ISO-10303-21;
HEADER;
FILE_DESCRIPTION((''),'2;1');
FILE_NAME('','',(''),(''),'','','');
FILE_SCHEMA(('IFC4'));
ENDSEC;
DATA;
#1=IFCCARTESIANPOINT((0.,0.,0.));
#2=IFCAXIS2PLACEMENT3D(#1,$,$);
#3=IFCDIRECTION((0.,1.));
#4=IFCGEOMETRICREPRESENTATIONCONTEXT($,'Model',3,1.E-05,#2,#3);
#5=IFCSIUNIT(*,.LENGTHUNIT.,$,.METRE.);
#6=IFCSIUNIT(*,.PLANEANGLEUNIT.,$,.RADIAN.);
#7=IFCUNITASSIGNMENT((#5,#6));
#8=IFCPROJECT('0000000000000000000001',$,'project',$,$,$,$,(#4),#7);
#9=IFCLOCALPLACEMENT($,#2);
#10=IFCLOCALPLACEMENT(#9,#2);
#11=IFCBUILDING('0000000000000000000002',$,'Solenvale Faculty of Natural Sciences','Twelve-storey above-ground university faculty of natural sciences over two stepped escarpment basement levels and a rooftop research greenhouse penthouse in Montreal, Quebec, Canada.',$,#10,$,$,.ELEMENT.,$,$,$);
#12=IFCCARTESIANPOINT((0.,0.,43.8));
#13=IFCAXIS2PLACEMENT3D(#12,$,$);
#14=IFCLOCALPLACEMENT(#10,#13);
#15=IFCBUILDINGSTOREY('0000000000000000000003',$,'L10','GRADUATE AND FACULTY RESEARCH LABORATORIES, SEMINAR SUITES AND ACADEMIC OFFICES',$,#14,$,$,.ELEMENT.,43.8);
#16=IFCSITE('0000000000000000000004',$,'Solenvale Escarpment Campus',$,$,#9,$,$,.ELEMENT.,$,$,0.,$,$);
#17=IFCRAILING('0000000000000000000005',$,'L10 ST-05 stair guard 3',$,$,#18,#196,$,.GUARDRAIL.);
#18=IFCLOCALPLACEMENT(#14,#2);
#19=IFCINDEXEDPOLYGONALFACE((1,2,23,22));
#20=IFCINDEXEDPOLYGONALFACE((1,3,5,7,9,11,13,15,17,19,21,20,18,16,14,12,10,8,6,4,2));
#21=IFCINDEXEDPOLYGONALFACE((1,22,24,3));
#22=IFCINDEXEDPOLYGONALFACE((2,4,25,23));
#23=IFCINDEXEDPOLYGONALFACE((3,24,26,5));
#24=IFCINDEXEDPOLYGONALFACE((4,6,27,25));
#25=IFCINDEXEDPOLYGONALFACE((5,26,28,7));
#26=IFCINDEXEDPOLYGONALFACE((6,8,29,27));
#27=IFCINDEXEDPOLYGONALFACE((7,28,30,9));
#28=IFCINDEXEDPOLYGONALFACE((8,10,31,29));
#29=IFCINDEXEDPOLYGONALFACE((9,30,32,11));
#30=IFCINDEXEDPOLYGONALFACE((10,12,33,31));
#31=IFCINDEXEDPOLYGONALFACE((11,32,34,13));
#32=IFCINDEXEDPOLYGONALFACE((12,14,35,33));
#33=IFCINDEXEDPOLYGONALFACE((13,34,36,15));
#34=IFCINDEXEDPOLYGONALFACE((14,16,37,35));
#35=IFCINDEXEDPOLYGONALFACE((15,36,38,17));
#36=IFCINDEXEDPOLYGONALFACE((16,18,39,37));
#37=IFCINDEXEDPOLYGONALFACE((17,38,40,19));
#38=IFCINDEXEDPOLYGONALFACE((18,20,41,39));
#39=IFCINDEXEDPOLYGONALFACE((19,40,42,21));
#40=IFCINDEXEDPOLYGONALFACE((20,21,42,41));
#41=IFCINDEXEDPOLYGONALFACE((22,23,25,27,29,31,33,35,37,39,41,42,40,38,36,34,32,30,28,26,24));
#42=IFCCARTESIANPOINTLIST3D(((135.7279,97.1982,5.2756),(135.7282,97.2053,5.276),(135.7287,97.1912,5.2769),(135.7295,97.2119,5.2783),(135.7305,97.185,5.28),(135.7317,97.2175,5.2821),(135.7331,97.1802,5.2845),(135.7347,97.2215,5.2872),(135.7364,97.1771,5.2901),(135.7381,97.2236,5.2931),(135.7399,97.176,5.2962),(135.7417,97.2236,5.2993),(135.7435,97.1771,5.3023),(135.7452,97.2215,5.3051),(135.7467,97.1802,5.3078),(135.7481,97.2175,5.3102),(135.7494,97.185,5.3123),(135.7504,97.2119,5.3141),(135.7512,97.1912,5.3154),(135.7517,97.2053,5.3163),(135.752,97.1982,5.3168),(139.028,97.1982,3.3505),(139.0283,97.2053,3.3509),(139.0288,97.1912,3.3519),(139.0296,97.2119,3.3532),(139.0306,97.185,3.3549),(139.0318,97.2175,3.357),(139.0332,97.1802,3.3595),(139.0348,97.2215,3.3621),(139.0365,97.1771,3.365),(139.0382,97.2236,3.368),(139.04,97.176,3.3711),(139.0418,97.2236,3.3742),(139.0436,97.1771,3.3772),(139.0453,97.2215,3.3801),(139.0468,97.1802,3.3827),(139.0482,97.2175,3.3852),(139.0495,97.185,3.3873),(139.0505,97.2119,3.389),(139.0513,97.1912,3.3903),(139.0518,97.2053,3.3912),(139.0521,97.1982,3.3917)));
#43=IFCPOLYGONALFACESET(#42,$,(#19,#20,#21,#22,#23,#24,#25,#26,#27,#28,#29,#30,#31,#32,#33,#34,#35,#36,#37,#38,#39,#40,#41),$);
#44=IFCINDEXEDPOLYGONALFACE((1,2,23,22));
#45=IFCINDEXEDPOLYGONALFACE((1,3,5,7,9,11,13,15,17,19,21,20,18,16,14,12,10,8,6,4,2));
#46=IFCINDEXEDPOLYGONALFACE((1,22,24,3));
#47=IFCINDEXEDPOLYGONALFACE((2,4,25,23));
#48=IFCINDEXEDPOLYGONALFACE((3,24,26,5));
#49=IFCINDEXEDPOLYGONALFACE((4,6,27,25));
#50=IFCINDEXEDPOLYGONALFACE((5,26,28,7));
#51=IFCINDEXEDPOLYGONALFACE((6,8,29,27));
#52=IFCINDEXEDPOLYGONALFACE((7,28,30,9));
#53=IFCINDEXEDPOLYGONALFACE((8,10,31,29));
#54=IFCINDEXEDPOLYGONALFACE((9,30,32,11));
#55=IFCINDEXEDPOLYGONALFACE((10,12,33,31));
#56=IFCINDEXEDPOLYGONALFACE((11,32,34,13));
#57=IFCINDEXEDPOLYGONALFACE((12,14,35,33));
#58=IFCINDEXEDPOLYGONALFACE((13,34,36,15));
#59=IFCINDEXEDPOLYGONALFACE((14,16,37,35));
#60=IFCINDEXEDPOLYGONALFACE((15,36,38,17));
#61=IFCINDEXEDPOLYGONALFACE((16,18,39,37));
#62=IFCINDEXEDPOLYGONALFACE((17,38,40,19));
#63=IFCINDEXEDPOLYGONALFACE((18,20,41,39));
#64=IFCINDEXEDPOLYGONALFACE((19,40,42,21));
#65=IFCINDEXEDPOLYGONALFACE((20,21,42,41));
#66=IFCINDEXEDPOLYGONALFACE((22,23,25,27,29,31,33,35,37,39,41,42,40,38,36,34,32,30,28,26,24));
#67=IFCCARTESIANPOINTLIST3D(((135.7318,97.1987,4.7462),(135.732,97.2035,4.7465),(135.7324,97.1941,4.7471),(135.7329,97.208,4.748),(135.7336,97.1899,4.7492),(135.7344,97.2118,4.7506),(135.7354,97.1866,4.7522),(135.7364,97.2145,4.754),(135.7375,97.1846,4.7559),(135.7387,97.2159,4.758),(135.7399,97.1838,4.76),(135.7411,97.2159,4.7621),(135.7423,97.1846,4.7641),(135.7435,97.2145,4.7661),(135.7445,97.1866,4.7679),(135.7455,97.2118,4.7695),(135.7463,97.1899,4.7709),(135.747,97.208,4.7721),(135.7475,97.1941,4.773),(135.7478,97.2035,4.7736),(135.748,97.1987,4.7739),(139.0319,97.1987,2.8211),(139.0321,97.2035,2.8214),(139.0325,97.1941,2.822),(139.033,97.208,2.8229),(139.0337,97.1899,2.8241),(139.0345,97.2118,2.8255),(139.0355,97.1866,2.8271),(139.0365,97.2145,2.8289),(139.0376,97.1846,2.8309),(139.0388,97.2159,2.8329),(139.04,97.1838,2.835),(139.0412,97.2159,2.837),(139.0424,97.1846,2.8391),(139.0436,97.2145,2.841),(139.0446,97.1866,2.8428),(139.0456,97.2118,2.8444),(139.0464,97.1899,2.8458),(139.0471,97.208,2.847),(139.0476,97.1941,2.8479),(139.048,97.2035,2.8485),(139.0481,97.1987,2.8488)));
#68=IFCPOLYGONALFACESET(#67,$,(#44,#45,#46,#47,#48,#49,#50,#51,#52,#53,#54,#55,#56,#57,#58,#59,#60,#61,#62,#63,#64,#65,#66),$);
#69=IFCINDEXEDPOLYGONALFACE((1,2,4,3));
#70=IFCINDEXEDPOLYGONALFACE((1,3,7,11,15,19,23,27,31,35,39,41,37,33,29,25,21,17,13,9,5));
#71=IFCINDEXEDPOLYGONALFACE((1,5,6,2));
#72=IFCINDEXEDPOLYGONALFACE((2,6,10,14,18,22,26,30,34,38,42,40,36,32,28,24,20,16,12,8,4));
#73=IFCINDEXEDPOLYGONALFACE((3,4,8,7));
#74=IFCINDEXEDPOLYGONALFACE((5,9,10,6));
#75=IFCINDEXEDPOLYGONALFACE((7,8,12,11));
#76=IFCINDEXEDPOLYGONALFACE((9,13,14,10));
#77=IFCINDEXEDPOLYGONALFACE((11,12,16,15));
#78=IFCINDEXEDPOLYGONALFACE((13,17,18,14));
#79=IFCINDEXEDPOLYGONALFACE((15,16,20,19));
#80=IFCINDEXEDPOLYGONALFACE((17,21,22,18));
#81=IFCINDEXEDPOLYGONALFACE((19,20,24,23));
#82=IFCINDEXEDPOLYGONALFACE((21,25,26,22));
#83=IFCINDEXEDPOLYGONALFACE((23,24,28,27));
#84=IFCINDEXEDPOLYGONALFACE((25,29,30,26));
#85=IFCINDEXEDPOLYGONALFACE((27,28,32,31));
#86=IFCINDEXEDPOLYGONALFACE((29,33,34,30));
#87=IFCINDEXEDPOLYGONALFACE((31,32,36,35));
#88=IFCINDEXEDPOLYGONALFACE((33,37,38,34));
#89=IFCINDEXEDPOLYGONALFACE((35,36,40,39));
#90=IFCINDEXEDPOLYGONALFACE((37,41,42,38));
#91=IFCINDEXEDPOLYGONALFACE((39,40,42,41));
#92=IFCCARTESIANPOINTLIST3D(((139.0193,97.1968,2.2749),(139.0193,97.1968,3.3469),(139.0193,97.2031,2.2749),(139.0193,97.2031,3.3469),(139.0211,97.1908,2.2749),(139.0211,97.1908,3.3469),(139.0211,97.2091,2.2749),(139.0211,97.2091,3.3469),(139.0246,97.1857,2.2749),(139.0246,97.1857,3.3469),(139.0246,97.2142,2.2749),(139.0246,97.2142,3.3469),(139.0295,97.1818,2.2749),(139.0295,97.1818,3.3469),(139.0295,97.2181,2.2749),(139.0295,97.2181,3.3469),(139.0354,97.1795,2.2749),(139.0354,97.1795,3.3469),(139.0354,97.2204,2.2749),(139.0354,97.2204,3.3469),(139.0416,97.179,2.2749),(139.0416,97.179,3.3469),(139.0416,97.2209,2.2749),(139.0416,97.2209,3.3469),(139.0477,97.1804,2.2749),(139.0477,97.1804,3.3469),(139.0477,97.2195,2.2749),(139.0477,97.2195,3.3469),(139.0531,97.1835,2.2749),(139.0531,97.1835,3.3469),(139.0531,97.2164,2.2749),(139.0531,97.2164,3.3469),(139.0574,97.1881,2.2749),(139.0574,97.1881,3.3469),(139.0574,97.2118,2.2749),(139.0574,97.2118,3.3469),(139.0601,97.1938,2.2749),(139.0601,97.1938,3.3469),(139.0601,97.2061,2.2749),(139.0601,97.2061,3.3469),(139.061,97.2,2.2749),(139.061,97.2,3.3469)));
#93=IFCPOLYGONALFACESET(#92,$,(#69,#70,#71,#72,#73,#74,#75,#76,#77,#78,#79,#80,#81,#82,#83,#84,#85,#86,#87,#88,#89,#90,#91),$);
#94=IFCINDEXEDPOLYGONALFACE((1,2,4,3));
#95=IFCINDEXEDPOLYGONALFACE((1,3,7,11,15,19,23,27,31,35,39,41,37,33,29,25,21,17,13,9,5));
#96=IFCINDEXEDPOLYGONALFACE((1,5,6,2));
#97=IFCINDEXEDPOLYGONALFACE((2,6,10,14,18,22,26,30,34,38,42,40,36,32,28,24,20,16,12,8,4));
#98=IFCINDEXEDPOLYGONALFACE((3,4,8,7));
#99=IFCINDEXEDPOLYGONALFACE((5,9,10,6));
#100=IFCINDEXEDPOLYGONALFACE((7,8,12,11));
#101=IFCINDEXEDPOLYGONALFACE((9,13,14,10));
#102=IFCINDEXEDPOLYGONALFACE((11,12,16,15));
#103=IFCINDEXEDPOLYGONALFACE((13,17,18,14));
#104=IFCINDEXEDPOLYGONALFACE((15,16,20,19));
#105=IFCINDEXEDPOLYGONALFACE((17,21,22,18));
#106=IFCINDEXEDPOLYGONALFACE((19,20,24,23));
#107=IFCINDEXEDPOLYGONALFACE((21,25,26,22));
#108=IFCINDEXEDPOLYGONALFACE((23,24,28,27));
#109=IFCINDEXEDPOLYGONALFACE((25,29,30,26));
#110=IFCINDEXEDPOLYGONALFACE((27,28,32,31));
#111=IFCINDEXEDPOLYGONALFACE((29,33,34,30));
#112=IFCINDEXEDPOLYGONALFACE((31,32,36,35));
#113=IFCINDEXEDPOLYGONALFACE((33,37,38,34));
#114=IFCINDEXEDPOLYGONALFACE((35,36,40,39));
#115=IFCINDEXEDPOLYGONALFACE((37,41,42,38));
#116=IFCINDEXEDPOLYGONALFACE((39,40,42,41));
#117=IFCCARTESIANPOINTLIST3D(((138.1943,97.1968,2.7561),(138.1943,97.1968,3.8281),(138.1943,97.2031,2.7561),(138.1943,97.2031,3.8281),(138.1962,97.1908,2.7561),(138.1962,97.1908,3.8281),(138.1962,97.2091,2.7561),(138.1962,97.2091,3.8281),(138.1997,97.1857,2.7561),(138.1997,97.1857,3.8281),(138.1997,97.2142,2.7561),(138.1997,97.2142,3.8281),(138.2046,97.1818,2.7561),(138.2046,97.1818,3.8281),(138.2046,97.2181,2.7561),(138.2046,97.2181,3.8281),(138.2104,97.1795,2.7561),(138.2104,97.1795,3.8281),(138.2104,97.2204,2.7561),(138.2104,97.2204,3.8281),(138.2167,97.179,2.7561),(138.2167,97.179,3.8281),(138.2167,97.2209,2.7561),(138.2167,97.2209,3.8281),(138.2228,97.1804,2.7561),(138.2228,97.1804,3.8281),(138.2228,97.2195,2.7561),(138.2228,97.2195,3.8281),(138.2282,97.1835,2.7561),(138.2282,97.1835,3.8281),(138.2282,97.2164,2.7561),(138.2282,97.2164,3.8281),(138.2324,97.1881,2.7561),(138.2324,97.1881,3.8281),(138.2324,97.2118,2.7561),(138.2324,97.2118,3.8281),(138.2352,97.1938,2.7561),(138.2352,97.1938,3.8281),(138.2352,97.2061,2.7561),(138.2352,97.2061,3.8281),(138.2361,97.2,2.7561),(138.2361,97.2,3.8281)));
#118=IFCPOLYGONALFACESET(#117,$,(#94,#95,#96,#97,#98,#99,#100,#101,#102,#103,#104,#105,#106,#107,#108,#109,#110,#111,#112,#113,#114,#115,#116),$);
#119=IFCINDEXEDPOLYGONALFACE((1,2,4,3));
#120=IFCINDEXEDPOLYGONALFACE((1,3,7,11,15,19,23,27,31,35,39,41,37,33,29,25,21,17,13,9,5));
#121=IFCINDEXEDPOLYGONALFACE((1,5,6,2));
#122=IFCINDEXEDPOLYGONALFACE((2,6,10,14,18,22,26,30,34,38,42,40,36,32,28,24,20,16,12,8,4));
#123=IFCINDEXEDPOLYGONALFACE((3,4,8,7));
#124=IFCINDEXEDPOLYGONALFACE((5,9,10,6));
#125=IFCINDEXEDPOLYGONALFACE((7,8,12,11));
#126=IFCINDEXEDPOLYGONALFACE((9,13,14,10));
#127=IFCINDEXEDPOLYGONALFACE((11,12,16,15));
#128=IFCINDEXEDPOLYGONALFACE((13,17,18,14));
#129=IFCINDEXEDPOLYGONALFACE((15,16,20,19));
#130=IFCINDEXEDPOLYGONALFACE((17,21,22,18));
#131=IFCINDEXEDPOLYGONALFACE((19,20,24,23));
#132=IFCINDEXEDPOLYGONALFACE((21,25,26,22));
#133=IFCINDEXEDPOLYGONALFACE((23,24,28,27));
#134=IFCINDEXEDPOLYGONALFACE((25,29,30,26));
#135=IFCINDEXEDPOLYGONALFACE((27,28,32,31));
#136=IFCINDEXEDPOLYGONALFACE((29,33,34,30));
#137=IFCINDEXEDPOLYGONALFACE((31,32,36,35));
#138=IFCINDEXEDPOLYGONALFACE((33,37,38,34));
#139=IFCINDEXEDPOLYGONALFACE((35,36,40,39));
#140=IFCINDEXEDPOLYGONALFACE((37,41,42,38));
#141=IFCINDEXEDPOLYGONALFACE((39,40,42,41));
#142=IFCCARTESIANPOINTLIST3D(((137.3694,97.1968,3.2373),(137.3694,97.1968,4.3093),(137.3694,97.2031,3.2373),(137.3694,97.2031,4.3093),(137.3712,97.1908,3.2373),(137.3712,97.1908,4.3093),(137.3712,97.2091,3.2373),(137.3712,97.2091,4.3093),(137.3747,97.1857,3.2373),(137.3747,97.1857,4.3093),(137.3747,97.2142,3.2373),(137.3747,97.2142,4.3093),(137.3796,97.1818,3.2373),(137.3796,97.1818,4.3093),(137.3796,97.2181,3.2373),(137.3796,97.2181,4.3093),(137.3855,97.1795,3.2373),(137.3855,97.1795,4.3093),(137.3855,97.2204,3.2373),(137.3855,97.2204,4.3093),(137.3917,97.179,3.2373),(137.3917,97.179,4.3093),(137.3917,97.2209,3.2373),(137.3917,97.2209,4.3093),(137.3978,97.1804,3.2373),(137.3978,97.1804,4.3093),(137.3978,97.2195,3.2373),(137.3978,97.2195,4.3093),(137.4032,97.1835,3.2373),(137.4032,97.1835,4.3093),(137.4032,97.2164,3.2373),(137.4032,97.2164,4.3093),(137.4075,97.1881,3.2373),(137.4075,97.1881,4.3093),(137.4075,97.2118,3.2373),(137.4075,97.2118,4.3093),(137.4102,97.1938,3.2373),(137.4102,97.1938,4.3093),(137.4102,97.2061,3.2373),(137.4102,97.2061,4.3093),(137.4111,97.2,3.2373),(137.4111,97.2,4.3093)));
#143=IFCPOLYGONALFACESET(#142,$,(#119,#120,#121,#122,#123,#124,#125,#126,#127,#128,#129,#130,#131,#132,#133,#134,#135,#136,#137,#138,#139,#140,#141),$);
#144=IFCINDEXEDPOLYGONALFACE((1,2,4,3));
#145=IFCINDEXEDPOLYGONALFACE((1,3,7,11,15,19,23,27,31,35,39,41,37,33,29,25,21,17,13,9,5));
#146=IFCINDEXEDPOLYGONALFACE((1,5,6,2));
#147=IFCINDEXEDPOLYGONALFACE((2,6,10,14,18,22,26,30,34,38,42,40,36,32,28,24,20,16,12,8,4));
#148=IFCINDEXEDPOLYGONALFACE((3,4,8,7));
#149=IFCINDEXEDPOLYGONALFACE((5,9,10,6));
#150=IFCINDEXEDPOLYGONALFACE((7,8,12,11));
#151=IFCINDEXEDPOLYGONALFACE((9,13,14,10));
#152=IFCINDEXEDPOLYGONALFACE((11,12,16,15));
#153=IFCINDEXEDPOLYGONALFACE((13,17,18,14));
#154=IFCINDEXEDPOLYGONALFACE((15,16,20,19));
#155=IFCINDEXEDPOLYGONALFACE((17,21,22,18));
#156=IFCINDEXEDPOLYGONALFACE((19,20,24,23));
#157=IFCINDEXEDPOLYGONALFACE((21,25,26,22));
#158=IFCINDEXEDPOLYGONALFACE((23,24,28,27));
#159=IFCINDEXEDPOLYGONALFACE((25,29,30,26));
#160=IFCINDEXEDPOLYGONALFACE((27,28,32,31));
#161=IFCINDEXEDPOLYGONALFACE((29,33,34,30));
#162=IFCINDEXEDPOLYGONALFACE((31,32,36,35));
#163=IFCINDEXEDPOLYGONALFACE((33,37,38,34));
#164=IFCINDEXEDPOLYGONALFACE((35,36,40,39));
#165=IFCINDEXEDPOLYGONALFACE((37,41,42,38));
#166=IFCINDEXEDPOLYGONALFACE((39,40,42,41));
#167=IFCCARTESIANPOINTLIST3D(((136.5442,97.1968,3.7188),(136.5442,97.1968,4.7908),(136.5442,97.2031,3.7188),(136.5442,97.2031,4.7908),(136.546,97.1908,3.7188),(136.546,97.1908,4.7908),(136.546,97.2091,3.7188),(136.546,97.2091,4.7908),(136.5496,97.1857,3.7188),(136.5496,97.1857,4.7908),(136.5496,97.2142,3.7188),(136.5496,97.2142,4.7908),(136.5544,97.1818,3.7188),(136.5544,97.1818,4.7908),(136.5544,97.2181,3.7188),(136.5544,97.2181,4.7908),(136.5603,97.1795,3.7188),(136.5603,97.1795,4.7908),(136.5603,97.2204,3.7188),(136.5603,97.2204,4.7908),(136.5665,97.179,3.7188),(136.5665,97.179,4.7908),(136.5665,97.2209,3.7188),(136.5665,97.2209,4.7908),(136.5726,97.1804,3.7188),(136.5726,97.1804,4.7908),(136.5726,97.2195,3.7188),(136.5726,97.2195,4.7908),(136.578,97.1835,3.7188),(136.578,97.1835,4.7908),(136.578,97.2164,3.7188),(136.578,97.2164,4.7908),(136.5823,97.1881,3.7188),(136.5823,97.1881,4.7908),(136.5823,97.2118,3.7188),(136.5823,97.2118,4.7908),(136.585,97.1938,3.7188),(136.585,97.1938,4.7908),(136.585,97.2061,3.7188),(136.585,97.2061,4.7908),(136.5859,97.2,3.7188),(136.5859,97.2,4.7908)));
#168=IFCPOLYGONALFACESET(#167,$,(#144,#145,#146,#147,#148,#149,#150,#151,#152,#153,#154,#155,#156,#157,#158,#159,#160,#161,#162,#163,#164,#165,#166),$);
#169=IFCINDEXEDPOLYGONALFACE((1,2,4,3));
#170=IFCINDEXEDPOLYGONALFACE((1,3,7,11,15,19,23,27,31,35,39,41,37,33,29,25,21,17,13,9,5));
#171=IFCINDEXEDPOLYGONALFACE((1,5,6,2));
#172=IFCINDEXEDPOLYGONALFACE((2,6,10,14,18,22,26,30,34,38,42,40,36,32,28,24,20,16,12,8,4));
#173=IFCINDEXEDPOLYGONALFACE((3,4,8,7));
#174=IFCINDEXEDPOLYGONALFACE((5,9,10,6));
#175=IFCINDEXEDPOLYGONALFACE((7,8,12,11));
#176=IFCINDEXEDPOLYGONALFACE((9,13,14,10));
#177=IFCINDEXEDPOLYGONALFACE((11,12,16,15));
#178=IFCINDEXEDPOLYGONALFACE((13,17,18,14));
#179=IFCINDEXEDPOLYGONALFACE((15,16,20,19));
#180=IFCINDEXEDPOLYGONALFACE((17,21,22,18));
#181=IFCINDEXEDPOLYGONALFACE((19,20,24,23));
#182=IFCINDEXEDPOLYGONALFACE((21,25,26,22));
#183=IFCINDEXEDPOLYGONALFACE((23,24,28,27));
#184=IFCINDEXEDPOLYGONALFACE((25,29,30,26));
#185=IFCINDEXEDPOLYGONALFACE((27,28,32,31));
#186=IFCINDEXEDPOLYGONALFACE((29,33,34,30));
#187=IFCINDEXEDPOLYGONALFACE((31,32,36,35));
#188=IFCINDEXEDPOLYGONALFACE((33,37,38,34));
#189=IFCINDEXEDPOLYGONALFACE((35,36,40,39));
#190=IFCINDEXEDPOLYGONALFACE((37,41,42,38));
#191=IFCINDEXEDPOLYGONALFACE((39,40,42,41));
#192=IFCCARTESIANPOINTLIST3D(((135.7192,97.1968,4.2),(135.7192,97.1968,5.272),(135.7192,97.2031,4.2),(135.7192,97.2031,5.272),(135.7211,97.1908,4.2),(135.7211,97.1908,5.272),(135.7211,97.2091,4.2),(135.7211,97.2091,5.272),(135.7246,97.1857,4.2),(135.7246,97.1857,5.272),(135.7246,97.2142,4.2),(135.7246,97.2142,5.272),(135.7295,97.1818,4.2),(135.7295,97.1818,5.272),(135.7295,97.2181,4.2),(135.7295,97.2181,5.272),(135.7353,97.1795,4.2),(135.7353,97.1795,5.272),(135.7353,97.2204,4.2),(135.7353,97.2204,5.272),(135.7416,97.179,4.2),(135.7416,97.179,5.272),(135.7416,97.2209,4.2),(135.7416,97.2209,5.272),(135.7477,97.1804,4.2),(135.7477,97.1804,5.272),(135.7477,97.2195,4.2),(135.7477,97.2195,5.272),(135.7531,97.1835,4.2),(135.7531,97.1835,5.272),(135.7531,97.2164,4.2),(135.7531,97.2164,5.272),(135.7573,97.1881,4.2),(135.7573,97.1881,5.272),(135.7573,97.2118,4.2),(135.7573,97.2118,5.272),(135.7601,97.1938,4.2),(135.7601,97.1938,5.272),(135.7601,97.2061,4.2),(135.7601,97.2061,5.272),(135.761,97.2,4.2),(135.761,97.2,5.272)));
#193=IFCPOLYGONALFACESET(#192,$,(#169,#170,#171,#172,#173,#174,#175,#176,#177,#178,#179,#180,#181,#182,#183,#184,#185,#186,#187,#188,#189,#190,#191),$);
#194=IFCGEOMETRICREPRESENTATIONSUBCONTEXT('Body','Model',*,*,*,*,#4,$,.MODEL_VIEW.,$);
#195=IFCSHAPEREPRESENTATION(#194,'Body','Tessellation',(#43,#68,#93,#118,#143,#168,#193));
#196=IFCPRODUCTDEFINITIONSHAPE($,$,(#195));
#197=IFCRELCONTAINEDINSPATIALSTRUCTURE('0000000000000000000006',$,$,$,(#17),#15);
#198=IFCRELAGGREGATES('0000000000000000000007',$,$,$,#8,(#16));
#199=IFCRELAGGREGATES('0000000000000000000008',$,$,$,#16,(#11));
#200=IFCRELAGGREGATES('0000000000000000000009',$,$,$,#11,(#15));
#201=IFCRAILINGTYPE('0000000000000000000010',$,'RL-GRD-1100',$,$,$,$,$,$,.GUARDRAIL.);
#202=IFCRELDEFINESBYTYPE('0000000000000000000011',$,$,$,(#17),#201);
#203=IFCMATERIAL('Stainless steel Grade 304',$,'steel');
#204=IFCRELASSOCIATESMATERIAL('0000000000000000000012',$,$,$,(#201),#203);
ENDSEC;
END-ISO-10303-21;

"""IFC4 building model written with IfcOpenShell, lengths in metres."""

from ifc_helpers import new_model, si_unit, direction, frame, origin, origin_2d, place, context, subcontext, project, spatial, circle, extrude, material, type_object, element, save


model = new_model("IFC4")

# Units and contexts
model_context = context("Model", 3, precision=1e-05, world=origin(), true_north=direction((0.0, 1.0)))
body_context = subcontext(model_context, "Body", "Model", "MODEL_VIEW")
ifc_project = project(units=[si_unit("LENGTHUNIT", "METRE"), si_unit("PLANEANGLEUNIT", "RADIAN")], contexts=[model_context])

# Site, building, storey
site_placement = place(None, origin())
site = spatial("IfcSite", under=ifc_project, at=site_placement, Name="Solenvale Escarpment Campus", CompositionType="ELEMENT", RefElevation=0.0)
building_placement = place(site_placement, origin())
building = spatial("IfcBuilding", under=site, at=building_placement, Name="Solenvale Faculty of Natural Sciences", Description="Twelve-storey above-ground university faculty of natural sciences over two stepped escarpment basement levels and a rooftop research greenhouse penthouse in Montreal, Quebec, Canada.", CompositionType="ELEMENT")
storey_placement = place(building_placement, frame((0.0, 0.0, 43.8)))
storey = spatial("IfcBuildingStorey", under=building, at=storey_placement, Name="L10", Description="GRADUATE AND FACULTY RESEARCH LABORATORIES, SEMINAR SUITES AND ACADEMIC OFFICES", CompositionType="ELEMENT", Elevation=43.8)

# Railing
ifc_material_1 = material(Name="Stainless steel Grade 304", Category="steel")
railing_type_1 = type_object("IfcRailingType", Name="RL-GRD-1100", PredefinedType="GUARDRAIL", material=ifc_material_1)
railing_1_placement = place(storey_placement, frame((139.04, 97.2, 2.2749)))
element("IfcRailing", 1, at=railing_1_placement, inside=storey, type_object=railing_type_1, Name="L10 ST-05 stair guard 3", PredefinedType="GUARDRAIL", context=body_context, shape_type="SweptSolid", body=[
    extrude(circle(Radius=0.0239, at=origin_2d()), frame((0.0, 0.0, 1.0962), z_axis=(-0.863777, 0.0, 0.503875), x_axis=(0.0, -1.0, 0.0)), (0.0, 0.0, 1.0), 3.8206),
    extrude(circle(Radius=0.0161, at=origin_2d()), frame((0.0, 0.0, 0.5601), z_axis=(-0.863777, 0.0, 0.503875), x_axis=(0.0, -1.0, 0.0)), (0.0, 0.0, 1.0), 3.8206),
    extrude(circle(Radius=0.021, at=origin_2d()), origin(), (0.0, 0.0, 1.0), 1.072),
    extrude(circle(Radius=0.021, at=origin_2d()), frame((-0.825, 0.0, 0.4812)), (0.0, 0.0, 1.0), 1.072),
    extrude(circle(Radius=0.021, at=origin_2d()), frame((-1.6499, 0.0, 0.9624)), (0.0, 0.0, 1.0), 1.072),
    extrude(circle(Radius=0.021, at=origin_2d()), frame((-2.4751, 0.0, 1.4438)), (0.0, 0.0, 1.0), 1.072),
    extrude(circle(Radius=0.021, at=origin_2d()), frame((-3.3, 0.0, 1.925)), (0.0, 0.0, 1.0), 1.072),
])

save(model, "model.ifc")
